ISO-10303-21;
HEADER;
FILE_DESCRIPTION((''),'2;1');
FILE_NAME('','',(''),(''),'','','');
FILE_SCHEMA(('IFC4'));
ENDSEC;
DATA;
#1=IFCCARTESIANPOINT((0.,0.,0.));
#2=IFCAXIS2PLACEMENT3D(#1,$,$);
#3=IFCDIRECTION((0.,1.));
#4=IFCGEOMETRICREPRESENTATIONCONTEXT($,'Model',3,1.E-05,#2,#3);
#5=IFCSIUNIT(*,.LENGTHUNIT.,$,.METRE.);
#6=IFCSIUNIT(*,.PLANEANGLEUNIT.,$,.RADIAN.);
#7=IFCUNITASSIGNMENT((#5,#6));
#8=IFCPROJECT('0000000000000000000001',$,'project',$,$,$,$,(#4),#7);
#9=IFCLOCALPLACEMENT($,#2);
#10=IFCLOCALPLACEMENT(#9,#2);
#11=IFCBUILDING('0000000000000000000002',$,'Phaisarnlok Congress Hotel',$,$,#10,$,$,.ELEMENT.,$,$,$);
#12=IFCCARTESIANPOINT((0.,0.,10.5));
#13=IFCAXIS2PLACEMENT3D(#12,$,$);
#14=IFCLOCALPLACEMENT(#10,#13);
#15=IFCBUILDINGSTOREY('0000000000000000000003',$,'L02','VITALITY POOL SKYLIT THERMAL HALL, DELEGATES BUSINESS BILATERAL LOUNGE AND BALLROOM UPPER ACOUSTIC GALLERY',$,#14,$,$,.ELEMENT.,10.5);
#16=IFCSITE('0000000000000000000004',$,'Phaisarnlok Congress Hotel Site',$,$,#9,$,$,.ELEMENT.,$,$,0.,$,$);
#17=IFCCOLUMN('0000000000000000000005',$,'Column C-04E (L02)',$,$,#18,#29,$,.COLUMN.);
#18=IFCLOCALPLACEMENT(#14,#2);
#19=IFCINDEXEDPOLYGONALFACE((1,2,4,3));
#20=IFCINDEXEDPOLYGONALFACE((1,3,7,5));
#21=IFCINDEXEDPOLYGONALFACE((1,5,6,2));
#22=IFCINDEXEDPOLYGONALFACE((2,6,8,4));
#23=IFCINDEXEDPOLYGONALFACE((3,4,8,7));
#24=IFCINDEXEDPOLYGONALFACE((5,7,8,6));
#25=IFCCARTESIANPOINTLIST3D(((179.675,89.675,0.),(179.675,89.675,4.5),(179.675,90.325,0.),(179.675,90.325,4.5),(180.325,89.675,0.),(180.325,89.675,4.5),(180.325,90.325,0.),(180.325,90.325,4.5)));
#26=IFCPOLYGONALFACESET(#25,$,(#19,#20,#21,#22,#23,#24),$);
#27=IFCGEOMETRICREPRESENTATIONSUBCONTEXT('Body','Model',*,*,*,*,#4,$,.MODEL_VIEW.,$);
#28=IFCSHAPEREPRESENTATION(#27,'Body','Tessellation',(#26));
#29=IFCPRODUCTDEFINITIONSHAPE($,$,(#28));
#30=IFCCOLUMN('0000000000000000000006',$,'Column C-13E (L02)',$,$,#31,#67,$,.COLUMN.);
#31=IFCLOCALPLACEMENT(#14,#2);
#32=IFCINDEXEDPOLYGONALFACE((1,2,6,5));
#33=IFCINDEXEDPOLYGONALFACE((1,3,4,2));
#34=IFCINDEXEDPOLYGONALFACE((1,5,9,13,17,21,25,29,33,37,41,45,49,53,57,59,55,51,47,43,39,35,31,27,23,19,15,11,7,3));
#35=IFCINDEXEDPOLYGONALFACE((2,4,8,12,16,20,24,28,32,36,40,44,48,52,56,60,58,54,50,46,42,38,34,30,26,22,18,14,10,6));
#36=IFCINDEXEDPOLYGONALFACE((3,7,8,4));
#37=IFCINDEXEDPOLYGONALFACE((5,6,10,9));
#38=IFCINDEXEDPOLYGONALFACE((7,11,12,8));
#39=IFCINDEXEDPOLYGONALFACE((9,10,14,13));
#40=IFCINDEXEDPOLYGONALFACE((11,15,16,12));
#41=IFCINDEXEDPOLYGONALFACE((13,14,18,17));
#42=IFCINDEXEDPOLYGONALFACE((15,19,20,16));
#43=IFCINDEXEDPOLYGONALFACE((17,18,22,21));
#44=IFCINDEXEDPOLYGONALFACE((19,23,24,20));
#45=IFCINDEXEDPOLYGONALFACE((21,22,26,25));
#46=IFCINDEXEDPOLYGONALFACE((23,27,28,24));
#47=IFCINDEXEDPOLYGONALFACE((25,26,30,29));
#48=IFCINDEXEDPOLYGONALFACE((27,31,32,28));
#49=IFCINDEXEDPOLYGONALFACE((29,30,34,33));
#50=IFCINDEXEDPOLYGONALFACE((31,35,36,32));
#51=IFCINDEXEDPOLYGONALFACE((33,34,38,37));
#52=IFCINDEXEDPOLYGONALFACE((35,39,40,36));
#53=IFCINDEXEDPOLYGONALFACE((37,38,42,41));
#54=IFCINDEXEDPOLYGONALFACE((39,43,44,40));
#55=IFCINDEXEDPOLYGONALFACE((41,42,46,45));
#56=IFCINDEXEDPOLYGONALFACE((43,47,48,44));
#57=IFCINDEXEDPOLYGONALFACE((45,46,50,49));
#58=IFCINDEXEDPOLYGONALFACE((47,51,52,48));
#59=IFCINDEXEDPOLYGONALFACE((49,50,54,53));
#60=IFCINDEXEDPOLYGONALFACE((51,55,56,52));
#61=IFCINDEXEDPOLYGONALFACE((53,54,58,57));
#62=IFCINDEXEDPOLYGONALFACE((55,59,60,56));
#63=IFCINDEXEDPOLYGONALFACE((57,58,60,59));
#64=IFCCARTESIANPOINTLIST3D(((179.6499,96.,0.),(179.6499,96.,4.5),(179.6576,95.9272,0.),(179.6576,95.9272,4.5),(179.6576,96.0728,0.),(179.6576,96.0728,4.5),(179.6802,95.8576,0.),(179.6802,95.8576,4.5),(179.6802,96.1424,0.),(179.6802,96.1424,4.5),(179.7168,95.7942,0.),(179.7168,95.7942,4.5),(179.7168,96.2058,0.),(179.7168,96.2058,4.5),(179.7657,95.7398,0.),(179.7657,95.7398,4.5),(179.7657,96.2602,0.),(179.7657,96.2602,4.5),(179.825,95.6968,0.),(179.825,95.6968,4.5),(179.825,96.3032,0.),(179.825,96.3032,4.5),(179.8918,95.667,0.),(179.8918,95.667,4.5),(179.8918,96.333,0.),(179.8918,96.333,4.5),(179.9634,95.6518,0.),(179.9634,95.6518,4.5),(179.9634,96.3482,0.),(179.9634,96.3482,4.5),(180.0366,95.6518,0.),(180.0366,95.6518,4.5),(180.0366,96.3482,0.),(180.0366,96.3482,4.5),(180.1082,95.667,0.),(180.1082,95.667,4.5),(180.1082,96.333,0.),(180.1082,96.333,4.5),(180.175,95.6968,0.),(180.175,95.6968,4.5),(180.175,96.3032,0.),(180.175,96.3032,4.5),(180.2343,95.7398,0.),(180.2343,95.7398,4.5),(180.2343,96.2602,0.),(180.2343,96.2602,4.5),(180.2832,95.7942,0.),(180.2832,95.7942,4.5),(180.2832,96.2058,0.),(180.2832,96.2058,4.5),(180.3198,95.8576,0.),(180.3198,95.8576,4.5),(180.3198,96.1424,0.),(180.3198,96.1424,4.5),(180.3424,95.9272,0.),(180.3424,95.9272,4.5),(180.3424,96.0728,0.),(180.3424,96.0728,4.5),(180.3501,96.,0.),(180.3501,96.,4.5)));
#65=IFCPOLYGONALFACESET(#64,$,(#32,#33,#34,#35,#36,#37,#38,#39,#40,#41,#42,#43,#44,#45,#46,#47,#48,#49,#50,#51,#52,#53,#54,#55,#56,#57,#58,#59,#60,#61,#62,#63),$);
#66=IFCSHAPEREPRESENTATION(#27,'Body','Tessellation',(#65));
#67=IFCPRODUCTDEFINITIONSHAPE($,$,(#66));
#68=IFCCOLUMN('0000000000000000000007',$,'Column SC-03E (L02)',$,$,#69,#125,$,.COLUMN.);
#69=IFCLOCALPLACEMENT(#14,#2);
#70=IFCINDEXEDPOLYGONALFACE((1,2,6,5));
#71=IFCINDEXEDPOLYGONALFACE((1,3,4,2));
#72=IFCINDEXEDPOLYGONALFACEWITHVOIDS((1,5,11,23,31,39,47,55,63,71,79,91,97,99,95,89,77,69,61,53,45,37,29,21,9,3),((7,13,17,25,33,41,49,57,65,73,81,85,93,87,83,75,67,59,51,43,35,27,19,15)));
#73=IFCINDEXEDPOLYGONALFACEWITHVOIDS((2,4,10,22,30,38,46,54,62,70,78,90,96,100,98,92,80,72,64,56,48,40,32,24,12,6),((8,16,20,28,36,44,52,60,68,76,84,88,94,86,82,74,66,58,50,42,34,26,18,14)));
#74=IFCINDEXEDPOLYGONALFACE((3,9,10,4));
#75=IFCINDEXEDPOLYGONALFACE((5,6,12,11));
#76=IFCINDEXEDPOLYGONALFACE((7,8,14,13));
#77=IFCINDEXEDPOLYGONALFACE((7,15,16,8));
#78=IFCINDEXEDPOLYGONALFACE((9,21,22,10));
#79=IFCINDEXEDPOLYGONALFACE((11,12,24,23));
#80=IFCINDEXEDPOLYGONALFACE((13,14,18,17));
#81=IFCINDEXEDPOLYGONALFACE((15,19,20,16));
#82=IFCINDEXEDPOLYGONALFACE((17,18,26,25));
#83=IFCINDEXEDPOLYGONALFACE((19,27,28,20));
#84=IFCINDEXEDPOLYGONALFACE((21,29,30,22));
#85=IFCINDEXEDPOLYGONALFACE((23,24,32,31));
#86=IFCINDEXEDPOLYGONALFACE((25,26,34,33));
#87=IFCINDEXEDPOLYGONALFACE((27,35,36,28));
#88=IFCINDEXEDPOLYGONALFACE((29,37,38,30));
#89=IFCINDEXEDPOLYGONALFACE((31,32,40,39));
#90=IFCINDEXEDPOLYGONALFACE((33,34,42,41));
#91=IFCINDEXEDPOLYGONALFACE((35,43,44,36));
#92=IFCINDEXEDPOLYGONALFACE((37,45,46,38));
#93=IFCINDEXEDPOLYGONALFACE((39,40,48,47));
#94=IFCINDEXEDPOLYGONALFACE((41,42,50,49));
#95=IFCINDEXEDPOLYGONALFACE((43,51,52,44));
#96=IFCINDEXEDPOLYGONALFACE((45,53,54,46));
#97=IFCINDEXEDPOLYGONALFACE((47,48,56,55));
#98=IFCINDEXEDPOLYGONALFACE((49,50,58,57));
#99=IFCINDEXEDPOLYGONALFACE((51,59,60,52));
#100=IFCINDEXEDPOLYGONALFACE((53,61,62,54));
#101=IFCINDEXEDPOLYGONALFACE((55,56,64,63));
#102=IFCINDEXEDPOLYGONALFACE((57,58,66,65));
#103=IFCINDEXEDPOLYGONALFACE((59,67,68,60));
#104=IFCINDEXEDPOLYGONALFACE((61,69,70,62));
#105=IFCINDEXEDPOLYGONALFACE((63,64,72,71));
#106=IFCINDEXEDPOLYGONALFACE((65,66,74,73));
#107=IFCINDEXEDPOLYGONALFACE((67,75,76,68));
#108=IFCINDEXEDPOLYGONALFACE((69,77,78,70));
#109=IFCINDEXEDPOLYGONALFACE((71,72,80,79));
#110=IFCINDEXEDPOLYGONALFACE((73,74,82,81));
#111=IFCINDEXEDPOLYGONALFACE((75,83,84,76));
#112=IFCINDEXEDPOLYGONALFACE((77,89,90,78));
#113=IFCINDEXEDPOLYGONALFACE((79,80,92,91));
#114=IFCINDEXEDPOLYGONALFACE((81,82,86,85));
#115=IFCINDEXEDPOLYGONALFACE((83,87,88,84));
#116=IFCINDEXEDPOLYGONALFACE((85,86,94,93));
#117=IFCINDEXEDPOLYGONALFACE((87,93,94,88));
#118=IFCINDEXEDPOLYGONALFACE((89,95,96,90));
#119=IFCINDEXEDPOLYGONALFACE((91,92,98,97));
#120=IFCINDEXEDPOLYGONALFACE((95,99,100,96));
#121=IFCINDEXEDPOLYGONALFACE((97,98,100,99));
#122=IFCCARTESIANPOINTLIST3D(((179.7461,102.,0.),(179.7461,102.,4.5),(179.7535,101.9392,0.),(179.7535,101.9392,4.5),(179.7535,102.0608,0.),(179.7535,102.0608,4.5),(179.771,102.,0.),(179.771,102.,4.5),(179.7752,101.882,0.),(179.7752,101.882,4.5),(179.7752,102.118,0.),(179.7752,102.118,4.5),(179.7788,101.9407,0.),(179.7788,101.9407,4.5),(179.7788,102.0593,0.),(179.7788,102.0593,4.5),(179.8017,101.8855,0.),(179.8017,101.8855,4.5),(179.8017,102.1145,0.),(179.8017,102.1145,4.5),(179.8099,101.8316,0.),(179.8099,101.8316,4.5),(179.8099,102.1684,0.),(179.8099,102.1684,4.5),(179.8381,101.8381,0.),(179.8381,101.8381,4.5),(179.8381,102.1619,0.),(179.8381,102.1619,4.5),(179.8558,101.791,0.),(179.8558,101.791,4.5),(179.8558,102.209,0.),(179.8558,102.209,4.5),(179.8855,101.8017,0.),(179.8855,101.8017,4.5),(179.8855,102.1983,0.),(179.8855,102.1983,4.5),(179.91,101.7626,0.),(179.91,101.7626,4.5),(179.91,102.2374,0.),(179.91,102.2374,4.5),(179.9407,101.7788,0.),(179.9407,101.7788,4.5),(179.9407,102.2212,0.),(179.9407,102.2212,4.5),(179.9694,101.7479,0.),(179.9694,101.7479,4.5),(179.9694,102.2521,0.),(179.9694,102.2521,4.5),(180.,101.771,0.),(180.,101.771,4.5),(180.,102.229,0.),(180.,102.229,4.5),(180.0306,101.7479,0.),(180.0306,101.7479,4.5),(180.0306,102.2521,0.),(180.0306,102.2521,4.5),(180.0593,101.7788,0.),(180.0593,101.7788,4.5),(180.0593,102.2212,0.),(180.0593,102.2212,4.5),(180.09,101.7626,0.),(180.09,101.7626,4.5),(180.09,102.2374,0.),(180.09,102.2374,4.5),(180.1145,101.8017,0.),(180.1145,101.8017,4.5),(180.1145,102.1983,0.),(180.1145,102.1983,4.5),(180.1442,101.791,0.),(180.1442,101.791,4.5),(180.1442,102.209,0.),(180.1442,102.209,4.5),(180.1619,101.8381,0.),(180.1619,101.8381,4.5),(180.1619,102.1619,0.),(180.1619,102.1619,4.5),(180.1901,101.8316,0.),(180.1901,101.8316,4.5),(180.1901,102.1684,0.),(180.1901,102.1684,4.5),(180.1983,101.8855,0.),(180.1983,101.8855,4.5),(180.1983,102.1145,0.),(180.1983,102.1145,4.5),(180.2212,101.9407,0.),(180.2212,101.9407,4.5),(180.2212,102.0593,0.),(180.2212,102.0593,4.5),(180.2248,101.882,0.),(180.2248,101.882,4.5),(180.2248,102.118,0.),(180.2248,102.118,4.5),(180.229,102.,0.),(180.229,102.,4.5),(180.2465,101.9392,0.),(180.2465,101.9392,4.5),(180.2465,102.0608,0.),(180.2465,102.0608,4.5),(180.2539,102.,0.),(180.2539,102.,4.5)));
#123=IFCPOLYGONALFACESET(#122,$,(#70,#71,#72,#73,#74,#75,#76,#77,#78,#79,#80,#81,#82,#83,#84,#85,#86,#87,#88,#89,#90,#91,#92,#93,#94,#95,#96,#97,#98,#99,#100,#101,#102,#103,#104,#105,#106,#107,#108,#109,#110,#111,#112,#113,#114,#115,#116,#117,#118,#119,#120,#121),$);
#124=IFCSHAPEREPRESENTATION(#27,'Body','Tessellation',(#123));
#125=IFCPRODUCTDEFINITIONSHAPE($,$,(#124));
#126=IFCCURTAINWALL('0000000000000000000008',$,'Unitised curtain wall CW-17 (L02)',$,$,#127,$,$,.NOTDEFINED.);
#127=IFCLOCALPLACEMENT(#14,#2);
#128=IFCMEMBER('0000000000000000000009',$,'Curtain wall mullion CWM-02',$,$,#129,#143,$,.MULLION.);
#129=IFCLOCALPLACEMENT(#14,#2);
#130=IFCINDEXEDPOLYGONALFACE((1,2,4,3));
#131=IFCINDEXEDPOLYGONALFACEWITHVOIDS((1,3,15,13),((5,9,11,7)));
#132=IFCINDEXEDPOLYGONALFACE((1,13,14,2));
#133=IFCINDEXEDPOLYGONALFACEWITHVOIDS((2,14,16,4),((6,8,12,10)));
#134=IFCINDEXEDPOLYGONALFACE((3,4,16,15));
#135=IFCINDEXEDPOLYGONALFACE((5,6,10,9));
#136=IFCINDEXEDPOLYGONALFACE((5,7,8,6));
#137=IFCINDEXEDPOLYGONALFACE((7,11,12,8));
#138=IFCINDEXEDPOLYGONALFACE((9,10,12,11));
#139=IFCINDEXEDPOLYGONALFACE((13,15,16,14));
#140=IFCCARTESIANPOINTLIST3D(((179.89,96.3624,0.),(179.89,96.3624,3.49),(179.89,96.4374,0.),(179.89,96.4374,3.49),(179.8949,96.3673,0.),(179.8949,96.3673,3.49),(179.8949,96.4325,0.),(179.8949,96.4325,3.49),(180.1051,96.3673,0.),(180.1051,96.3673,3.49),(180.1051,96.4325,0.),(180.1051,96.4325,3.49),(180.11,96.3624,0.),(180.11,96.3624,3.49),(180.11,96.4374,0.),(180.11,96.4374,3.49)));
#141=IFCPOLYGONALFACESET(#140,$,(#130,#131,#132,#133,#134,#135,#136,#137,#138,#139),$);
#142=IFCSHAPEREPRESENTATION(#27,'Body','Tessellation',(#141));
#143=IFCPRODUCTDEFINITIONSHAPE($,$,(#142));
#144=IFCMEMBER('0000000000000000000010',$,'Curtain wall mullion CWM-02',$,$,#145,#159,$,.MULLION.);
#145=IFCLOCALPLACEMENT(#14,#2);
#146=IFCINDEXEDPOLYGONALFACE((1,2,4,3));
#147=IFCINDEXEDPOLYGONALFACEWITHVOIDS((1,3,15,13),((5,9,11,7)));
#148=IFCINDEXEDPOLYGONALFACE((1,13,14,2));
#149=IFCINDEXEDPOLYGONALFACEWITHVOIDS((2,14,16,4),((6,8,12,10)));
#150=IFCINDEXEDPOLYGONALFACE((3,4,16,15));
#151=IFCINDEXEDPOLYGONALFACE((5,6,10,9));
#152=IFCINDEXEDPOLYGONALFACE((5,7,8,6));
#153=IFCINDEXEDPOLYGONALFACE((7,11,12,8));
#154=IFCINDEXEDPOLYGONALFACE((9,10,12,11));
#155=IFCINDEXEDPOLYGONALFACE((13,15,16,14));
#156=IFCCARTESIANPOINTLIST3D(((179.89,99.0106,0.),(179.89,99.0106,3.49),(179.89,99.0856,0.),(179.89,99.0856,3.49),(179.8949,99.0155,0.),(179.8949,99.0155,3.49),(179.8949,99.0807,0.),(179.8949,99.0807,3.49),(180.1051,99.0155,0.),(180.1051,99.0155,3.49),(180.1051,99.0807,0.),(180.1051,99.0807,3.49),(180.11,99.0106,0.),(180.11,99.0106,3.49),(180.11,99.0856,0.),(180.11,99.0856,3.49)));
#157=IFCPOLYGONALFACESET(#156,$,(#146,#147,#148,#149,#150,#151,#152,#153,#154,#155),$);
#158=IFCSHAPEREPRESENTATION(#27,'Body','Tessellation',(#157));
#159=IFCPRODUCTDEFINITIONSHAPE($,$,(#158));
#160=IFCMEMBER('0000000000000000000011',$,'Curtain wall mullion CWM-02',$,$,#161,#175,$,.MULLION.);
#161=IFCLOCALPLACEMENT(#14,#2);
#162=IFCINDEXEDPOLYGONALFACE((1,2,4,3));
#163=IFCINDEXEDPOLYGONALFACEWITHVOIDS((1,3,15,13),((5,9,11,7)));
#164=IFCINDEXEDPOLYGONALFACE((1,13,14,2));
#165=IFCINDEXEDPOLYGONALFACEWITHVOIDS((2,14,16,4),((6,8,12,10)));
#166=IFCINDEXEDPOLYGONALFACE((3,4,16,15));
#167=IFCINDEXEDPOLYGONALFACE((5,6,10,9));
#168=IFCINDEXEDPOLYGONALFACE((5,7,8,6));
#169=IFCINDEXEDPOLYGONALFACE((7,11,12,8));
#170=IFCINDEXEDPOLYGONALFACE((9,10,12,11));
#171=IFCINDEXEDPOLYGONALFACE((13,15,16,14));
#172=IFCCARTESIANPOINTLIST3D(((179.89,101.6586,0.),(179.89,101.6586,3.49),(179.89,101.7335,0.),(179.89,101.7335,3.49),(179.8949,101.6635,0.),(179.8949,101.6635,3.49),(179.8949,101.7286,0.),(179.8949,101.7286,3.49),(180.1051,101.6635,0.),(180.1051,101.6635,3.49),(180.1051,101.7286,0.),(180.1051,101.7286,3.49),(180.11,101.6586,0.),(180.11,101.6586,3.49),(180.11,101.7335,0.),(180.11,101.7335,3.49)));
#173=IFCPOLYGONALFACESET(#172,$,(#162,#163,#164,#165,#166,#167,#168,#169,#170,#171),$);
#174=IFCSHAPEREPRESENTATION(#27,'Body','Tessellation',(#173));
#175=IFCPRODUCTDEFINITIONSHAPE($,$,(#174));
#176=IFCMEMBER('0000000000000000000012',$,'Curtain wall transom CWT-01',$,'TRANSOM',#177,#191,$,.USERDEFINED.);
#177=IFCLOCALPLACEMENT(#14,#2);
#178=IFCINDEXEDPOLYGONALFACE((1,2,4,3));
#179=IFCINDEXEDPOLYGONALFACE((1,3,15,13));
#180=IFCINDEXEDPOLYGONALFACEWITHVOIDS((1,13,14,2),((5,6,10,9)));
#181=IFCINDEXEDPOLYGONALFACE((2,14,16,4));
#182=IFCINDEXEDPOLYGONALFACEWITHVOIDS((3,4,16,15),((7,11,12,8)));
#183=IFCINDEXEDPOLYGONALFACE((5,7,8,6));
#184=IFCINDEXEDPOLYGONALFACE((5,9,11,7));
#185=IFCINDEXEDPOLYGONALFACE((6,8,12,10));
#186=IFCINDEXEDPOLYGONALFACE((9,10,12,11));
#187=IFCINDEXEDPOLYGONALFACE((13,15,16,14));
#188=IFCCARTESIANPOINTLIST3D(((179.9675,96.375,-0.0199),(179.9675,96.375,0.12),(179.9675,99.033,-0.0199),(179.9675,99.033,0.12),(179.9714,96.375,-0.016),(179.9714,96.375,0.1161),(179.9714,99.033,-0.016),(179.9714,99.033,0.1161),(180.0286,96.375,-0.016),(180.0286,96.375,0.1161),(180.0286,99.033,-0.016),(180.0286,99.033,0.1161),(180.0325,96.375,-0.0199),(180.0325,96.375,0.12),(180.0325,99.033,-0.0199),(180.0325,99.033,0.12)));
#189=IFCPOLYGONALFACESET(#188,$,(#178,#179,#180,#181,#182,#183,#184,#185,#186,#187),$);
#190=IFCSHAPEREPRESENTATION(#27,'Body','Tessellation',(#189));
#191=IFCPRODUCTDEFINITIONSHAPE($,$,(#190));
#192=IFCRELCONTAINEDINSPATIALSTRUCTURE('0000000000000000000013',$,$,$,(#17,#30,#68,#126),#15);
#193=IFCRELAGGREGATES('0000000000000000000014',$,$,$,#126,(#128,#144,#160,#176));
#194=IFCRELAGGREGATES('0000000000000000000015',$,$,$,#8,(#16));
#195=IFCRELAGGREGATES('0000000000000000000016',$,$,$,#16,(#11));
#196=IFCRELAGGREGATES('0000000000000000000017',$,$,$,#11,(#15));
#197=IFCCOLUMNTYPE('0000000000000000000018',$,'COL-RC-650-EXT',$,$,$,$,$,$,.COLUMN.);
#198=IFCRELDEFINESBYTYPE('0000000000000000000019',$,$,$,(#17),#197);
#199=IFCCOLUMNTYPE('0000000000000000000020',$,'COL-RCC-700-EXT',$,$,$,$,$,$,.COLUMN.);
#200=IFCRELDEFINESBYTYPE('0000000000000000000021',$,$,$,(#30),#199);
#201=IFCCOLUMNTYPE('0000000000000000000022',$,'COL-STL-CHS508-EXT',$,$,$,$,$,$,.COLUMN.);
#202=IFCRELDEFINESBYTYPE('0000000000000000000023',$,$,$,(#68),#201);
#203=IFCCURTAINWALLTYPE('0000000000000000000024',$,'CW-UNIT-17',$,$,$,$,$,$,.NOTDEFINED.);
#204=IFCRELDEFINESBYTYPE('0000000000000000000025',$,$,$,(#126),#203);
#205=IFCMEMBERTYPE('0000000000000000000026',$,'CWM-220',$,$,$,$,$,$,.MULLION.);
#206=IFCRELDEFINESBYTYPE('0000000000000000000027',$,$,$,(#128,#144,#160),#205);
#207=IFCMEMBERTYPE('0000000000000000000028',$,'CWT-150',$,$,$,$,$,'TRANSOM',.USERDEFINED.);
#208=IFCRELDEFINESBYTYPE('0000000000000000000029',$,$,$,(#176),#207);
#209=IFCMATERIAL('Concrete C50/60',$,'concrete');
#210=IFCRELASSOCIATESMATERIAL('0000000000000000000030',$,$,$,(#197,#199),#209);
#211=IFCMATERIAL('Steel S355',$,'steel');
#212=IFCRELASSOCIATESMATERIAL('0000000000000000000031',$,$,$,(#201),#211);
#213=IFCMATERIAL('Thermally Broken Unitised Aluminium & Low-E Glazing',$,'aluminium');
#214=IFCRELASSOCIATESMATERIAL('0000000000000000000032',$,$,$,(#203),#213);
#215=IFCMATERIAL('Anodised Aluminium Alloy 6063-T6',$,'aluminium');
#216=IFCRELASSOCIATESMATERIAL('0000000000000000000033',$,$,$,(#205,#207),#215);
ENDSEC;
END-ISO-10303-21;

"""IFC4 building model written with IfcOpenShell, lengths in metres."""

from ifc_helpers import new_model, si_unit, direction, frame, origin, origin_2d, place, context, subcontext, project, spatial, rectangle, hollow_rectangle, circle, hollow_circle, extrude, material, material_profile, profile_set, type_object, element, aggregate, save


model = new_model("IFC4")

# Units and contexts
model_context = context("Model", 3, precision=1e-05, world=origin(), true_north=direction((0.0, 1.0)))
body_context = subcontext(model_context, "Body", "Model", "MODEL_VIEW")
ifc_project = project(units=[si_unit("LENGTHUNIT", "METRE"), si_unit("PLANEANGLEUNIT", "RADIAN")], contexts=[model_context])

# Site, building, storey
site_placement = place(None, origin())
site = spatial("IfcSite", under=ifc_project, at=site_placement, Name="Phaisarnlok Congress Hotel Site", CompositionType="ELEMENT", RefElevation=0.0)
building_placement = place(site_placement, origin())
building = spatial("IfcBuilding", under=site, at=building_placement, Name="Phaisarnlok Congress Hotel", CompositionType="ELEMENT")
storey_placement = place(building_placement, frame((0.0, 0.0, 10.5)))
storey = spatial("IfcBuildingStorey", under=building, at=storey_placement, Name="L02", Description="VITALITY POOL SKYLIT THERMAL HALL, DELEGATES BUSINESS BILATERAL LOUNGE AND BALLROOM UPPER ACOUSTIC GALLERY", CompositionType="ELEMENT", Elevation=10.5)

# Columns
ifc_material_1 = material(Name="Concrete C50/60", Category="concrete")
ifc_material_profile_1 = material_profile(ifc_material_1, rectangle(XDim=0.6499, YDim=0.6499, at=origin_2d()), Name="RC 650x650")
ifc_profile_set_1 = profile_set([ifc_material_profile_1], Name="Concrete C50/60")
column_type_1 = type_object("IfcColumnType", Name="COL-RC-650-EXT", PredefinedType="COLUMN", material=ifc_profile_set_1)
column_1_placement = place(storey_placement, frame((180.0, 90.0, 0.0), z_axis=(0.0, 0.0, 1.0), x_axis=(1.0, 0.0, 0.0)))
element("IfcColumn", 1, at=column_1_placement, inside=storey, type_object=column_type_1, Name="Column C-04E (L02)", PredefinedType="COLUMN", context=body_context, shape_type="SweptSolid", body=[
    extrude(rectangle(XDim=0.6499, YDim=0.6499, at=origin_2d()), origin(), (0.0, 0.0, 1.0), 4.5),
])
ifc_material_profile_2 = material_profile(ifc_material_1, circle(Radius=0.3501, at=origin_2d()), Name="RCC D700")
ifc_profile_set_2 = profile_set([ifc_material_profile_2], Name="Concrete C50/60")
column_type_2 = type_object("IfcColumnType", Name="COL-RCC-700-EXT", PredefinedType="COLUMN", material=ifc_profile_set_2)
column_2_placement = place(storey_placement, frame((180.0, 96.0, 0.0), z_axis=(0.0, 0.0, 1.0), x_axis=(1.0, 0.0, 0.0)))
element("IfcColumn", 2, at=column_2_placement, inside=storey, type_object=column_type_2, Name="Column C-13E (L02)", PredefinedType="COLUMN", context=body_context, shape_type="SweptSolid", body=[
    extrude(circle(Radius=0.3501, at=origin_2d()), origin(), (0.0, 0.0, 1.0), 4.5),
])
ifc_material_2 = material(Name="Steel S355", Category="steel")
ifc_material_profile_3 = material_profile(ifc_material_2, hollow_circle(Radius=0.2539, WallThickness=0.0249, at=origin_2d()), Name="CHS 508x25")
ifc_profile_set_3 = profile_set([ifc_material_profile_3], Name="Steel S355")
column_type_3 = type_object("IfcColumnType", Name="COL-STL-CHS508-EXT", PredefinedType="COLUMN", material=ifc_profile_set_3)
column_3_placement = place(storey_placement, frame((180.0, 102.0, 0.0), z_axis=(0.0, 0.0, 1.0), x_axis=(1.0, 0.0, 0.0)))
element("IfcColumn", 3, at=column_3_placement, inside=storey, type_object=column_type_3, Name="Column SC-03E (L02)", PredefinedType="COLUMN", context=body_context, shape_type="SweptSolid", body=[
    extrude(hollow_circle(Radius=0.2539, WallThickness=0.0249, at=origin_2d()), origin(), (0.0, 0.0, 1.0), 4.5),
])

# Curtain wall, members
ifc_material_3 = material(Name="Thermally Broken Unitised Aluminium & Low-E Glazing", Category="aluminium")
curtain_wall_type = type_object("IfcCurtainWallType", Name="CW-UNIT-17", PredefinedType="NOTDEFINED", material=ifc_material_3)
curtain_wall_placement = place(storey_placement, origin())
curtain_wall = element("IfcCurtainWall", 4, at=curtain_wall_placement, inside=storey, type_object=curtain_wall_type, Name="Unitised curtain wall CW-17 (L02)", PredefinedType="NOTDEFINED")
ifc_material_4 = material(Name="Anodised Aluminium Alloy 6063-T6", Category="aluminium")
ifc_material_profile_4 = material_profile(ifc_material_4, hollow_rectangle(XDim=0.075, YDim=0.22, WallThickness=0.0049, at=origin_2d()), Name="ALU-M 75x220x5")
ifc_profile_set_4 = profile_set([ifc_material_profile_4], Name="Anodised Aluminium Alloy 6063-T6")
member_type_1 = type_object("IfcMemberType", Name="CWM-220", PredefinedType="MULLION", material=ifc_profile_set_4)
member_1_placement = place(storey_placement, frame((180.0, 96.3999, 0.0), z_axis=(0.0, 0.0, 1.0), x_axis=(0.0, 1.0, 0.0)))
member_1 = element("IfcMember", 5, at=member_1_placement, type_object=member_type_1, Name="Curtain wall mullion CWM-02", PredefinedType="MULLION", context=body_context, shape_type="SweptSolid", body=[
    extrude(hollow_rectangle(XDim=0.075, YDim=0.22, WallThickness=0.0049, at=origin_2d()), origin(), (0.0, 0.0, 1.0), 3.49),
])
member_2_placement = place(storey_placement, frame((180.0, 99.0481, 0.0), z_axis=(0.0, 0.0, 1.0), x_axis=(0.0, 1.0, 0.0)))
member_2 = element("IfcMember", 6, at=member_2_placement, type_object=member_type_1, Name="Curtain wall mullion CWM-02", PredefinedType="MULLION", context=body_context, shape_type="SweptSolid", body=[
    extrude(hollow_rectangle(XDim=0.075, YDim=0.22, WallThickness=0.0049, at=origin_2d()), origin(), (0.0, 0.0, 1.0), 3.49),
])
member_3_placement = place(storey_placement, frame((180.0, 101.696, 0.0), z_axis=(0.0, 0.0, 1.0), x_axis=(0.0, 1.0, 0.0)))
member_3 = element("IfcMember", 7, at=member_3_placement, type_object=member_type_1, Name="Curtain wall mullion CWM-02", PredefinedType="MULLION", context=body_context, shape_type="SweptSolid", body=[
    extrude(hollow_rectangle(XDim=0.075, YDim=0.22, WallThickness=0.0049, at=origin_2d()), origin(), (0.0, 0.0, 1.0), 3.49),
])
ifc_material_profile_5 = material_profile(ifc_material_4, hollow_rectangle(XDim=0.0649, YDim=0.1399, WallThickness=0.0039, at=origin_2d()), Name="ALU-T 65x140x4")
ifc_profile_set_5 = profile_set([ifc_material_profile_5], Name="Anodised Aluminium Alloy 6063-T6")
member_type_2 = type_object("IfcMemberType", Name="CWT-150", ElementType="TRANSOM", PredefinedType="USERDEFINED", material=ifc_profile_set_5)
member_4_placement = place(storey_placement, frame((180.0, 96.375, 0.05), z_axis=(0.0, 1.0, 0.0), x_axis=(-1.0, 0.0, 0.0)))
member_4 = element("IfcMember", 8, at=member_4_placement, type_object=member_type_2, Name="Curtain wall transom CWT-01", ObjectType="TRANSOM", PredefinedType="USERDEFINED", context=body_context, shape_type="SweptSolid", body=[
    extrude(hollow_rectangle(XDim=0.0649, YDim=0.1399, WallThickness=0.0039, at=origin_2d()), origin(), (0.0, 0.0, 1.0), 2.658),
])

aggregate(curtain_wall, [member_1, member_2, member_3, member_4])

save(model, "model.ifc")
